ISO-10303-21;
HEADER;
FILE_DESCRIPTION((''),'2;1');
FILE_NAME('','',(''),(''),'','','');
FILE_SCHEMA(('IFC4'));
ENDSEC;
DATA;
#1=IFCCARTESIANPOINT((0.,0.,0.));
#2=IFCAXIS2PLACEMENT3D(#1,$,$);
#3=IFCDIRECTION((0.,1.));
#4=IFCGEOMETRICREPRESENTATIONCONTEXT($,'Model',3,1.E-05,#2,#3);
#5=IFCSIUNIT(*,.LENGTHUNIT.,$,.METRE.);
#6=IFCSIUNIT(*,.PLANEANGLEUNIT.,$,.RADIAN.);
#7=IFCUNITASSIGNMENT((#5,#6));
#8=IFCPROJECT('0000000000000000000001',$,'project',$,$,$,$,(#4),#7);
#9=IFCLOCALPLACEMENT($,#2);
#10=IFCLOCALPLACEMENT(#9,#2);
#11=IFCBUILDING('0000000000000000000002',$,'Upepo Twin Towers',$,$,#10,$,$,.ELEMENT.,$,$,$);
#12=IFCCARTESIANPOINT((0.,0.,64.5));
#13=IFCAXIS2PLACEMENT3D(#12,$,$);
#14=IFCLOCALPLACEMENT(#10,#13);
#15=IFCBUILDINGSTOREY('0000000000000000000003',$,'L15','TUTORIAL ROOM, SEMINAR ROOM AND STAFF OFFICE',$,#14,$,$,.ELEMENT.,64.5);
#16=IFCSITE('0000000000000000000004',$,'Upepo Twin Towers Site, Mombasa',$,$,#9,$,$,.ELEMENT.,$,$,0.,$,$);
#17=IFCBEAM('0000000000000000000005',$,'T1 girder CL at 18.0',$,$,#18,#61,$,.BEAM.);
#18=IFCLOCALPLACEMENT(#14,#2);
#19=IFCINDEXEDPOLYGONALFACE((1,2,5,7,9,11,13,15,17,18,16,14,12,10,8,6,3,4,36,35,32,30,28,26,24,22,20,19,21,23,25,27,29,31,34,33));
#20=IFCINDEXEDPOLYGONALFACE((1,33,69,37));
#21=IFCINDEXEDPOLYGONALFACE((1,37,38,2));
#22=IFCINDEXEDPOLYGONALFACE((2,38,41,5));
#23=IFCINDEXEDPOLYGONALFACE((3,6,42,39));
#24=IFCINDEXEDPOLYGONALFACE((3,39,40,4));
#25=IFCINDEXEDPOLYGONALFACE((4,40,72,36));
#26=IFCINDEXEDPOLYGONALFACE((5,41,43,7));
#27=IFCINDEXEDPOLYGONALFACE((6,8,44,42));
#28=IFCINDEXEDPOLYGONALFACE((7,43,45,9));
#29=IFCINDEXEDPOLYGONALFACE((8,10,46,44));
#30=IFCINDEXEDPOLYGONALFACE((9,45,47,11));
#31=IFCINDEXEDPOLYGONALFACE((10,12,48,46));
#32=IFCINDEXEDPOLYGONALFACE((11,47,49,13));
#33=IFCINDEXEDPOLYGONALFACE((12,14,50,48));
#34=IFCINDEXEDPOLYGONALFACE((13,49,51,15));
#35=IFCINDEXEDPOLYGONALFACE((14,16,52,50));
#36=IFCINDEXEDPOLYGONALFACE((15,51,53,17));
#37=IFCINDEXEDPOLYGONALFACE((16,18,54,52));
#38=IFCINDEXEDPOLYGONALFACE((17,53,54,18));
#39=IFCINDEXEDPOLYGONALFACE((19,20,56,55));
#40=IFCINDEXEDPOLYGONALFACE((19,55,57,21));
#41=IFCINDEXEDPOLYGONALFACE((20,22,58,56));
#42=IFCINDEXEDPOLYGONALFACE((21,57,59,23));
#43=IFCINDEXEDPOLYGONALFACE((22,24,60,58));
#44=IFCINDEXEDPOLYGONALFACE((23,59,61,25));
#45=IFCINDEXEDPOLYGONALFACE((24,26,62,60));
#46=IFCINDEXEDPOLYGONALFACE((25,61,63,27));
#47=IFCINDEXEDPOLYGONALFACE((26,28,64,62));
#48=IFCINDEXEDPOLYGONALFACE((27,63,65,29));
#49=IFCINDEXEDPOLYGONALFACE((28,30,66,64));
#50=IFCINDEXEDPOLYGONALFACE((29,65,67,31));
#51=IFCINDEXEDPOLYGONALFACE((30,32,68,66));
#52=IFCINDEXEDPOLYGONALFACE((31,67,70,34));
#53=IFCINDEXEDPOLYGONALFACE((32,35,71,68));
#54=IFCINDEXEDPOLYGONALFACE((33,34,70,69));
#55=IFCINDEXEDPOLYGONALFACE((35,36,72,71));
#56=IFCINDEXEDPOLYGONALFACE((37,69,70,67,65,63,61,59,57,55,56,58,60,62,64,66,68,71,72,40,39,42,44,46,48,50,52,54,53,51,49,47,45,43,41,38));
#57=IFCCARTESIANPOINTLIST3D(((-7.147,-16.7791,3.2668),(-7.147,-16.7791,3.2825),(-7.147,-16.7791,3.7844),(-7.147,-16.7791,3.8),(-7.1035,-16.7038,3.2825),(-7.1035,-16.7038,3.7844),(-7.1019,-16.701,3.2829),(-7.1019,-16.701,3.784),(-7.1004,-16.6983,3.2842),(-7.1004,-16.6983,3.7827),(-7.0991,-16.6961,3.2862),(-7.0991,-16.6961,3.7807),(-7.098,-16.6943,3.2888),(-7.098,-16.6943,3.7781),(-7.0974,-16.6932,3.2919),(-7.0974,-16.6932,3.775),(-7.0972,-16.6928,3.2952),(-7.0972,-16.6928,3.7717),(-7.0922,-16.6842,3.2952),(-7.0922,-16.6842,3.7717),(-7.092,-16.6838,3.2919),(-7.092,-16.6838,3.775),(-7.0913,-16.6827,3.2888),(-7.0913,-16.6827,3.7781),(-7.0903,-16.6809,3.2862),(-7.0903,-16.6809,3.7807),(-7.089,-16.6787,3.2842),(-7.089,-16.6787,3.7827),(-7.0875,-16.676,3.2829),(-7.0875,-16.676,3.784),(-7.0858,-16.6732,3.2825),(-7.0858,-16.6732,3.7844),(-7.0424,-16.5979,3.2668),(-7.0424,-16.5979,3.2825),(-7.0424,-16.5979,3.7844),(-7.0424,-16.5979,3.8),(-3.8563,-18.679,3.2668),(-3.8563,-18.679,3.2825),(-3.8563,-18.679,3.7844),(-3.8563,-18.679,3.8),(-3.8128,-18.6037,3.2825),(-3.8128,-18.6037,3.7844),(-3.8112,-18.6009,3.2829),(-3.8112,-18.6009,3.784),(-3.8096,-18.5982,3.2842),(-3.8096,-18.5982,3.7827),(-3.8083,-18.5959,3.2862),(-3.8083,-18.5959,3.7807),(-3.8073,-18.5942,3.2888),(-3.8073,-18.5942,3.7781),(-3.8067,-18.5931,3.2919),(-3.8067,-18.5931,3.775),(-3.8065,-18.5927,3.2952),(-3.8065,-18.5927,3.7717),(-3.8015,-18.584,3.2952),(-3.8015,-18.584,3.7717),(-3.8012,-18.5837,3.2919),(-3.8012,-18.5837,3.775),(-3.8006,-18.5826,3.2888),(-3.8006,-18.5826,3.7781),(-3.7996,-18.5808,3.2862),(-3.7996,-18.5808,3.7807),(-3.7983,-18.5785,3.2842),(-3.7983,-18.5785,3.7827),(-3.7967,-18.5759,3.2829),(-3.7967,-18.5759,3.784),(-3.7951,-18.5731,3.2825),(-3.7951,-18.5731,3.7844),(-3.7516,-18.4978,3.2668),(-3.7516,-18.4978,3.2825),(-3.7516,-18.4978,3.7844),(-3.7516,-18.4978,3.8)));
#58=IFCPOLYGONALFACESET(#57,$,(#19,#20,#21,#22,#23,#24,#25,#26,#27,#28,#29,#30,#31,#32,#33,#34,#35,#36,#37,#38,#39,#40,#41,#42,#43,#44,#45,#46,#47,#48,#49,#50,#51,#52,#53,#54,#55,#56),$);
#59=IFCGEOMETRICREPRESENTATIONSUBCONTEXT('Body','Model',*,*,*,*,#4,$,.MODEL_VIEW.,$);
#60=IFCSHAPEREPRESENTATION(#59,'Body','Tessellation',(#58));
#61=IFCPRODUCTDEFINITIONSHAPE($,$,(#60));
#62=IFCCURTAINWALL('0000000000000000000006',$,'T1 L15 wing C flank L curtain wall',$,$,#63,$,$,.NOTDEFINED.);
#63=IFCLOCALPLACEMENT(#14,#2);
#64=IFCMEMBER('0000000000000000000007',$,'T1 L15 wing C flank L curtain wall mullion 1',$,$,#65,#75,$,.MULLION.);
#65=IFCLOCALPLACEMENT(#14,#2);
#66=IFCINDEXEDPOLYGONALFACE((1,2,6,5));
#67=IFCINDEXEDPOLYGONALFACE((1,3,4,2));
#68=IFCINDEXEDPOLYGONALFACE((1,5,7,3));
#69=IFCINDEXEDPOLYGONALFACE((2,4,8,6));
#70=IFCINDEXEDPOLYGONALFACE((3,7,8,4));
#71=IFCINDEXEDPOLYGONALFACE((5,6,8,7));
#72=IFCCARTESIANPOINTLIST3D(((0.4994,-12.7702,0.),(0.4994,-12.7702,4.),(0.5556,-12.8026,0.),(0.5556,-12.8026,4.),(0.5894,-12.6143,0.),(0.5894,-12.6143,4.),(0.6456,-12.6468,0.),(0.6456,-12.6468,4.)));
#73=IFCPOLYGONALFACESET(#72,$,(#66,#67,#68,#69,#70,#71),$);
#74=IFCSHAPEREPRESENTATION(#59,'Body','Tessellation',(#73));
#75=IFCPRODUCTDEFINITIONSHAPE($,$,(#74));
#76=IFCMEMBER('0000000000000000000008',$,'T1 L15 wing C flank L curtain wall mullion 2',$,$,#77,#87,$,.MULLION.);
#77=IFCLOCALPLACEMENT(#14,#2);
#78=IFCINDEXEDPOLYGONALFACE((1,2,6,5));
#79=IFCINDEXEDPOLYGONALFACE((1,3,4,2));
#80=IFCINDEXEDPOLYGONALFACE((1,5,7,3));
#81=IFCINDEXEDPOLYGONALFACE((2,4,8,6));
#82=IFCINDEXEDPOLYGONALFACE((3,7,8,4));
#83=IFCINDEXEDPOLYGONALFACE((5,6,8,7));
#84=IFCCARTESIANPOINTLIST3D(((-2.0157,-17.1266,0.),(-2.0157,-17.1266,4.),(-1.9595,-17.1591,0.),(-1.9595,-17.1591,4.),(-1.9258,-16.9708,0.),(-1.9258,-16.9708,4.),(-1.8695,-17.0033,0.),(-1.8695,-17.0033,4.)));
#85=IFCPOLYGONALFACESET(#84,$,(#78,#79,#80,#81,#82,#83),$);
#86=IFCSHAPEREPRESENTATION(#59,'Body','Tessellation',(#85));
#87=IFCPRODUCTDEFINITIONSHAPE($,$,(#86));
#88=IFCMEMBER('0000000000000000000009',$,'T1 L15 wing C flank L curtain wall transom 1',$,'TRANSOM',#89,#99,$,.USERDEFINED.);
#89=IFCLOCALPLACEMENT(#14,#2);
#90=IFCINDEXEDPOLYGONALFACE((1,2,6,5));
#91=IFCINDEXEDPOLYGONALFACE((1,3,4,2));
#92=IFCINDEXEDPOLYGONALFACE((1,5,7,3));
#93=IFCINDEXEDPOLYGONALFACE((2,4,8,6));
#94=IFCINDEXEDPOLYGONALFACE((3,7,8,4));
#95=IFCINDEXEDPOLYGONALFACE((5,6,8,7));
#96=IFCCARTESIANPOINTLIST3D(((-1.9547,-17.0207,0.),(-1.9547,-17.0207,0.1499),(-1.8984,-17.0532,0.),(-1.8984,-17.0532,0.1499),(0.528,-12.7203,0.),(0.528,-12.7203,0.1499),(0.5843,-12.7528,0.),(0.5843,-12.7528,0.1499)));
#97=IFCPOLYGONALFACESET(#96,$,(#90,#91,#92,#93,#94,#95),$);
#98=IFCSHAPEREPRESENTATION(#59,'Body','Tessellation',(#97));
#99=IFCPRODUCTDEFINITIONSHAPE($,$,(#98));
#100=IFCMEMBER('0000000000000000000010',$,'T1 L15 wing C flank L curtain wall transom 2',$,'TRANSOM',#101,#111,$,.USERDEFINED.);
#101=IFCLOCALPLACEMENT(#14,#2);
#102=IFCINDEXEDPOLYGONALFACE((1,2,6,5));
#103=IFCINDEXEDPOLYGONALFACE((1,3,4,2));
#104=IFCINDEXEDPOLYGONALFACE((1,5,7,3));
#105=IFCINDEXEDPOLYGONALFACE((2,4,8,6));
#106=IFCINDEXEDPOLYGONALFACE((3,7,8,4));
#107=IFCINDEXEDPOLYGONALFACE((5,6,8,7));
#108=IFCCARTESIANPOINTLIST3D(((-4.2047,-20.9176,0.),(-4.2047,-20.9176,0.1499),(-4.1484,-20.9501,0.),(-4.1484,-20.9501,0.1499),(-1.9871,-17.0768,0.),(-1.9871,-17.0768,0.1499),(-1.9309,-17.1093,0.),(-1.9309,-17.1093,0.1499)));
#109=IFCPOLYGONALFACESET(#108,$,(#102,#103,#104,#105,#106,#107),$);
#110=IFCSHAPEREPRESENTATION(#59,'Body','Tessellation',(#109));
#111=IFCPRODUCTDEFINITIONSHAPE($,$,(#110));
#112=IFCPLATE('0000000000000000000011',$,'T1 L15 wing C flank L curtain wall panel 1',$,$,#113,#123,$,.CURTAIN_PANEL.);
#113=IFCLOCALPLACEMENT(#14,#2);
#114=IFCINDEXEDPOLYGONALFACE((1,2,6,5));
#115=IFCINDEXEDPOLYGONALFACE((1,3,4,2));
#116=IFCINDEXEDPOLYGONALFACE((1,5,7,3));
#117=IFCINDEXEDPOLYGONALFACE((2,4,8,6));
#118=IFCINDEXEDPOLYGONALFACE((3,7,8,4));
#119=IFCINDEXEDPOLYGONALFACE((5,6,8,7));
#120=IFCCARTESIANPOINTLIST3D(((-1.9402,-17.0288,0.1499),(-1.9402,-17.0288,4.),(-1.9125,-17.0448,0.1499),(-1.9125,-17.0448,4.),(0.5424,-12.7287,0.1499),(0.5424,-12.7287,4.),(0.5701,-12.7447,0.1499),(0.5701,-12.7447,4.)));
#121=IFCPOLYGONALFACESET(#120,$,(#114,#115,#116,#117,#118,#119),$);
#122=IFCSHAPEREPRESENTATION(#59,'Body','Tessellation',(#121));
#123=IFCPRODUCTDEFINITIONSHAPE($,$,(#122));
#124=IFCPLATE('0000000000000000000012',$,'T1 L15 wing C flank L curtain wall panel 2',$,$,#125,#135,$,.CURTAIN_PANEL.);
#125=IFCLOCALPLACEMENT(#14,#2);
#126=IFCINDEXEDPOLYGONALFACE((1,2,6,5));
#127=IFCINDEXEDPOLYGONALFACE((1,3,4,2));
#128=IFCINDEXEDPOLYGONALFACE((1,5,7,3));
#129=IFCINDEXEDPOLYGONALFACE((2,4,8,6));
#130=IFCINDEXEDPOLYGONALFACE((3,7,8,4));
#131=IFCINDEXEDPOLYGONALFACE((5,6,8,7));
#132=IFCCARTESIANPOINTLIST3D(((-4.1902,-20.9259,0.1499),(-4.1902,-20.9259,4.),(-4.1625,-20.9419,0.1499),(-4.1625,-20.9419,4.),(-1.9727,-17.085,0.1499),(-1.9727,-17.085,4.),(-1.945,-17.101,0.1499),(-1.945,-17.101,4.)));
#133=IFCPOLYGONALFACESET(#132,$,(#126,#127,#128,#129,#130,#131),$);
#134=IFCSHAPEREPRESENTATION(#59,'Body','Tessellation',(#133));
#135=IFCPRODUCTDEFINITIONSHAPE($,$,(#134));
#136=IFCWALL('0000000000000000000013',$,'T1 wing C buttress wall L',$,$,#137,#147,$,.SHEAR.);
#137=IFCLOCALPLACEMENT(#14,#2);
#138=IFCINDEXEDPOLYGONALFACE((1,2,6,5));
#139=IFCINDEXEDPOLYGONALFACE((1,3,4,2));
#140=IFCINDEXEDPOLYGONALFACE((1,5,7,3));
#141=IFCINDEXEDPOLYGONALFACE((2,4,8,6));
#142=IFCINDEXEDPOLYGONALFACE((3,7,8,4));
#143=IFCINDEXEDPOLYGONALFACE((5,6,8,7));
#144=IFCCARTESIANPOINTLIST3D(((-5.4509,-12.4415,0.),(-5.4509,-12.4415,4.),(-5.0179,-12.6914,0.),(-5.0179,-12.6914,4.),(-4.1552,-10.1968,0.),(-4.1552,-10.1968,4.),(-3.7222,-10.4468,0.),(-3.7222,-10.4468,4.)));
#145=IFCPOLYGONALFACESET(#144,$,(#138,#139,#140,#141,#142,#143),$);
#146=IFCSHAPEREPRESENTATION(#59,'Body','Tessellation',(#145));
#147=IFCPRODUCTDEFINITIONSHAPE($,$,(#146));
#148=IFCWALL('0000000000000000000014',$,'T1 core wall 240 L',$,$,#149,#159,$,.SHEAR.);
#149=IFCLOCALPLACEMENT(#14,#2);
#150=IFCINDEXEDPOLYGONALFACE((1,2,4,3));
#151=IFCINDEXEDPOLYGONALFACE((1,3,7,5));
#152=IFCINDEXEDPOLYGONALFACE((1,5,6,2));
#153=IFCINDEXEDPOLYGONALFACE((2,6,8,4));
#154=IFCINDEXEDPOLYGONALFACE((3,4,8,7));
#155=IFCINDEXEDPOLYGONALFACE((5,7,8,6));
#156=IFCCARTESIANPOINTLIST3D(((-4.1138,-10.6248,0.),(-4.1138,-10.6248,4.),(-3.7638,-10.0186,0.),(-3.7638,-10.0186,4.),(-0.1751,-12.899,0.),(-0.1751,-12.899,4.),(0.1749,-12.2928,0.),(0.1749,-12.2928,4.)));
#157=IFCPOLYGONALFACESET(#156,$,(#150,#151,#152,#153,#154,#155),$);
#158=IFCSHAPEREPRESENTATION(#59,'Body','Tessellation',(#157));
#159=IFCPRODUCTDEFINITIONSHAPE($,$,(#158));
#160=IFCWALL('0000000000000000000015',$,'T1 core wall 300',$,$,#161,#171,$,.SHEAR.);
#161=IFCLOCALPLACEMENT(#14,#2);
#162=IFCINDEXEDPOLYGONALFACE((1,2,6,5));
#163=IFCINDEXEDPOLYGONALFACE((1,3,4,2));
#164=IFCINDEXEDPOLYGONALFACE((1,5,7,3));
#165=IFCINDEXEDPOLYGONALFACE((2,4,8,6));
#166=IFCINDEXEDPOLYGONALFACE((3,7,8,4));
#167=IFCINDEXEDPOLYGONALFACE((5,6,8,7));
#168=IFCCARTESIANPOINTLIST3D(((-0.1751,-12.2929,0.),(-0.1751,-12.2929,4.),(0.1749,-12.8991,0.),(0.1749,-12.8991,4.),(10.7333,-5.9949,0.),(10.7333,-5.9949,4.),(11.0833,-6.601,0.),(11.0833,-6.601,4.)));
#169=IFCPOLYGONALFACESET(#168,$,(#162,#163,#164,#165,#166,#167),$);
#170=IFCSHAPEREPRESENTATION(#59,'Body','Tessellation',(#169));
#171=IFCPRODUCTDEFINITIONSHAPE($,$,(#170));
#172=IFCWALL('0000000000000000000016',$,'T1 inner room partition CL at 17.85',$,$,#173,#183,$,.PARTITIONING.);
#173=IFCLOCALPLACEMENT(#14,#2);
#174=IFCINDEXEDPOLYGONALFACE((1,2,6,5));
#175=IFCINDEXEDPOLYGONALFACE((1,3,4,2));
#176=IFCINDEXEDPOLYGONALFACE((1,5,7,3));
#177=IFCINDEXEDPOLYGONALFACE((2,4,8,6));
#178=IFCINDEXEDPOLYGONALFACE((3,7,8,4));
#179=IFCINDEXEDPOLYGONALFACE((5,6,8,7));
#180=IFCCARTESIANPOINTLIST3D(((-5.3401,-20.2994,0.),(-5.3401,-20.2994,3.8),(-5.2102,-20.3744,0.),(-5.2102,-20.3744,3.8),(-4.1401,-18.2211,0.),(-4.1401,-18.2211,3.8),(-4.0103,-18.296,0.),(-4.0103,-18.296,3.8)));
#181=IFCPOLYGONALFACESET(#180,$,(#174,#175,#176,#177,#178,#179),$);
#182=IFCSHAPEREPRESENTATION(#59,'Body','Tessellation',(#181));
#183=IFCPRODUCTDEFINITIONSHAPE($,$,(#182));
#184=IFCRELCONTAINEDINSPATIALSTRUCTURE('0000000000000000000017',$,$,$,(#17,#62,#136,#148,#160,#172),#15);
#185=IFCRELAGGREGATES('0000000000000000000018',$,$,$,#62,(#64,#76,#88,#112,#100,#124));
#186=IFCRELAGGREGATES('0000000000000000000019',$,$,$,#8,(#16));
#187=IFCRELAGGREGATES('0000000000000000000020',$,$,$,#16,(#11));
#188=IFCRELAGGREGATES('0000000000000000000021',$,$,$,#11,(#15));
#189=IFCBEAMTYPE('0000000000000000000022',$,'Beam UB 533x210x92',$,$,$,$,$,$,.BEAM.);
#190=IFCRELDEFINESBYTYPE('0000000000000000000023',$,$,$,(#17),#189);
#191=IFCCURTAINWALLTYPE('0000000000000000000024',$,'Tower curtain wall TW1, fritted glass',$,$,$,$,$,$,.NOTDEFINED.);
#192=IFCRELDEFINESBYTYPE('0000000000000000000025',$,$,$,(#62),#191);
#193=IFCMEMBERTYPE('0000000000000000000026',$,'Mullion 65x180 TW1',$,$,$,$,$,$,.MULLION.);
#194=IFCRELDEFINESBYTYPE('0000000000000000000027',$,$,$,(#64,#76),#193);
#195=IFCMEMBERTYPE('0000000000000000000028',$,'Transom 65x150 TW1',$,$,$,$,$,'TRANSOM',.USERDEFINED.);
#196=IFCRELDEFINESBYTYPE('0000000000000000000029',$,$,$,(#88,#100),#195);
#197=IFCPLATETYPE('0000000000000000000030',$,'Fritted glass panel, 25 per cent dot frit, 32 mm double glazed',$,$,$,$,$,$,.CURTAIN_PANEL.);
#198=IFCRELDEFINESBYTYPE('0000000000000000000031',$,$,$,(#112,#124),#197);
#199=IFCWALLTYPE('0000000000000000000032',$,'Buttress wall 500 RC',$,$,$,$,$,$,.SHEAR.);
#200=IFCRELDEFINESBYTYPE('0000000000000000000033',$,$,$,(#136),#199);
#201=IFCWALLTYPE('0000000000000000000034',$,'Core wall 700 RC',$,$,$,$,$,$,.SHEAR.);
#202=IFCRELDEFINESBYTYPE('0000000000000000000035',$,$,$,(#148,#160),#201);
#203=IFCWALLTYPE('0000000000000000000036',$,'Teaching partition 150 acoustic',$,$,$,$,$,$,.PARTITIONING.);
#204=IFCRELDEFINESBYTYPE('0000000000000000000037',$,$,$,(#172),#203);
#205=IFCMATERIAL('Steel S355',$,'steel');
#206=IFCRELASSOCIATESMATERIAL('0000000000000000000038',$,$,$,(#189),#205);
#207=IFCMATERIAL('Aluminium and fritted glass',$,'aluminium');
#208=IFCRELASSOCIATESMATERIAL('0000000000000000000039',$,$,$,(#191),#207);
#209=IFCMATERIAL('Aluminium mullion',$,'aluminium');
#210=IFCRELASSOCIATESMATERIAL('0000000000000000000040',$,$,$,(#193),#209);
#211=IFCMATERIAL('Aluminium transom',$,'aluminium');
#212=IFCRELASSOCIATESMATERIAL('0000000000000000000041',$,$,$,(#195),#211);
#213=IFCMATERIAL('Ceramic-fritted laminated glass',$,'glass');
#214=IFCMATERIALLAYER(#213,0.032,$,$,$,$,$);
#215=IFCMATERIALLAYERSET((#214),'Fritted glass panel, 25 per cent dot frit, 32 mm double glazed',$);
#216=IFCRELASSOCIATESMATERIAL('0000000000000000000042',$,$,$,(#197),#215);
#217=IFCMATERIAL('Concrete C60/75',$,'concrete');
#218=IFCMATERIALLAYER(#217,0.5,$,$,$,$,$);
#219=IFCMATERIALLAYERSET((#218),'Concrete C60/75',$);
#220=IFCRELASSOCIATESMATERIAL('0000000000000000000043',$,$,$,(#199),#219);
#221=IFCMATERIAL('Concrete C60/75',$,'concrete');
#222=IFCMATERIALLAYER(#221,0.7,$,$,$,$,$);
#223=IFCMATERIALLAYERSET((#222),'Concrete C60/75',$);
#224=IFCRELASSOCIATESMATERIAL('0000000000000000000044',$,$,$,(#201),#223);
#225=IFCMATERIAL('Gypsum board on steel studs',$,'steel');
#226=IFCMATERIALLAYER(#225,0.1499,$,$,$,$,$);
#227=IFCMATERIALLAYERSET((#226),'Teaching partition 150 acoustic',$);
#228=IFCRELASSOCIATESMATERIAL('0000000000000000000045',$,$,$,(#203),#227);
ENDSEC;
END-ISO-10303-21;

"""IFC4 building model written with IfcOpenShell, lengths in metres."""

from ifc_helpers import new_model, si_unit, direction, frame, frame_2d, origin, origin_2d, place, context, subcontext, project, spatial, rectangle, i_section, extrude, material, layer, layer_set, material_profile, profile_set, type_object, element, aggregate, save


model = new_model("IFC4")

# Units and contexts
model_context = context("Model", 3, precision=1e-05, world=origin(), true_north=direction((0.0, 1.0)))
body_context = subcontext(model_context, "Body", "Model", "MODEL_VIEW")
ifc_project = project(units=[si_unit("LENGTHUNIT", "METRE"), si_unit("PLANEANGLEUNIT", "RADIAN")], contexts=[model_context])

# Site, building, storey
site_placement = place(None, origin())
site = spatial("IfcSite", under=ifc_project, at=site_placement, Name="Upepo Twin Towers Site, Mombasa", CompositionType="ELEMENT", RefElevation=0.0)
building_placement = place(site_placement, origin())
building = spatial("IfcBuilding", under=site, at=building_placement, Name="Upepo Twin Towers", CompositionType="ELEMENT")
storey_placement = place(building_placement, frame((0.0, 0.0, 64.5)))
storey = spatial("IfcBuildingStorey", under=building, at=storey_placement, Name="L15", Description="TUTORIAL ROOM, SEMINAR ROOM AND STAFF OFFICE", CompositionType="ELEMENT", Elevation=64.5)

# Beam
ifc_material_1 = material(Name="Steel S355", Category="steel")
ifc_material_profile_1 = material_profile(ifc_material_1, i_section(OverallWidth=0.2092, OverallDepth=0.5332, WebThickness=0.01, FlangeThickness=0.0156, FilletRadius=0.0127, at=origin_2d()), Name="UB 533x210x92")
ifc_profile_set_1 = profile_set([ifc_material_profile_1], Name="Steel S355")
beam_type_1 = type_object("IfcBeamType", Name="Beam UB 533x210x92", PredefinedType="BEAM", material=ifc_profile_set_1)
beam_1_placement = place(storey_placement, frame((-3.804, -18.5884, 3.5334), z_axis=(-0.866028, 0.499995, 0.0), x_axis=(-0.499995, -0.866028, 0.0)))
element("IfcBeam", 1, at=beam_1_placement, inside=storey, type_object=beam_type_1, Name="T1 girder CL at 18.0", PredefinedType="BEAM", context=body_context, shape_type="SweptSolid", body=[
    extrude(i_section(OverallWidth=0.2092, OverallDepth=0.5332, WebThickness=0.01, FlangeThickness=0.0156, FilletRadius=0.0127, at=origin_2d()), origin(), (0.0, 0.0, 1.0), 3.7998),
])

# Curtain wall, members, plates
ifc_material_2 = material(Name="Aluminium and fritted glass", Category="aluminium")
curtain_wall_type = type_object("IfcCurtainWallType", Name="Tower curtain wall TW1, fritted glass", PredefinedType="NOTDEFINED", material=ifc_material_2)
curtain_wall_placement = place(storey_placement, origin())
curtain_wall = element("IfcCurtainWall", 2, at=curtain_wall_placement, inside=storey, type_object=curtain_wall_type, Name="T1 L15 wing C flank L curtain wall", PredefinedType="NOTDEFINED")
ifc_material_3 = material(Name="Aluminium mullion", Category="aluminium")
ifc_material_profile_2 = material_profile(ifc_material_3, rectangle(XDim=0.0649, YDim=0.1799, at=origin_2d()), Name="MULLION 65x180")
ifc_profile_set_2 = profile_set([ifc_material_profile_2], Name="Aluminium mullion")
member_type_1 = type_object("IfcMemberType", Name="Mullion 65x180 TW1", PredefinedType="MULLION", material=ifc_profile_set_2)
member_1_placement = place(storey_placement, frame((0.5725, -12.7085, 0.0), z_axis=(0.0, 0.0, 1.0), x_axis=(0.866025, -0.5, 0.0)))
member_1 = element("IfcMember", 3, at=member_1_placement, type_object=member_type_1, Name="T1 L15 wing C flank L curtain wall mullion 1", PredefinedType="MULLION", context=body_context, shape_type="SweptSolid", body=[
    extrude(rectangle(XDim=0.0649, YDim=0.1799, at=origin_2d()), origin(), (0.0, 0.0, 1.0), 4.0),
])
member_2_placement = place(storey_placement, frame((-1.9426, -17.0649, 0.0), z_axis=(0.0, 0.0, 1.0), x_axis=(0.866025, -0.5, 0.0)))
member_2 = element("IfcMember", 4, at=member_2_placement, type_object=member_type_1, Name="T1 L15 wing C flank L curtain wall mullion 2", PredefinedType="MULLION", context=body_context, shape_type="SweptSolid", body=[
    extrude(rectangle(XDim=0.0649, YDim=0.1799, at=origin_2d()), origin(), (0.0, 0.0, 1.0), 4.0),
])
ifc_material_4 = material(Name="Aluminium transom", Category="aluminium")
ifc_material_profile_3 = material_profile(ifc_material_4, rectangle(XDim=0.0649, YDim=0.1499, at=origin_2d()), Name="TRANSOM 65x150")
ifc_profile_set_3 = profile_set([ifc_material_profile_3], Name="Aluminium transom")
member_type_2 = type_object("IfcMemberType", Name="Transom 65x150 TW1", ElementType="TRANSOM", PredefinedType="USERDEFINED", material=ifc_profile_set_3)
member_3_placement = place(storey_placement, frame((0.5562, -12.7366, 0.075), z_axis=(-0.499983, -0.866035, 0.0), x_axis=(0.866035, -0.499983, 0.0)))
member_3 = element("IfcMember", 5, at=member_3_placement, type_object=member_type_2, Name="T1 L15 wing C flank L curtain wall transom 1", ObjectType="TRANSOM", PredefinedType="USERDEFINED", context=body_context, shape_type="SweptSolid", body=[
    extrude(rectangle(XDim=0.0649, YDim=0.1499, at=origin_2d()), origin(), (0.0, 0.0, 1.0), 4.9656),
])
member_4_placement = place(storey_placement, frame((-1.959, -17.093, 0.075), z_axis=(-0.500005, -0.866022, 0.0), x_axis=(0.866022, -0.500005, 0.0)))
member_4 = element("IfcMember", 6, at=member_4_placement, type_object=member_type_2, Name="T1 L15 wing C flank L curtain wall transom 2", ObjectType="TRANSOM", PredefinedType="USERDEFINED", context=body_context, shape_type="SweptSolid", body=[
    extrude(rectangle(XDim=0.0649, YDim=0.1499, at=origin_2d()), origin(), (0.0, 0.0, 1.0), 4.4351),
])
ifc_material_5 = material(Name="Ceramic-fritted laminated glass", Category="glass")
ifc_layer_1 = layer(ifc_material_5, 0.032)
ifc_layer_set_1 = layer_set([ifc_layer_1], Name="Fritted glass panel, 25 per cent dot frit, 32 mm double glazed")
plate_type = type_object("IfcPlateType", Name="Fritted glass panel, 25 per cent dot frit, 32 mm double glazed", PredefinedType="CURTAIN_PANEL", material=ifc_layer_set_1)
plate_1_placement = place(storey_placement, frame((-0.6851, -14.8867, 0.1499), z_axis=(0.0, 0.0, 1.0), x_axis=(-0.5, -0.866025, 0.0)))
plate_1 = element("IfcPlate", 7, at=plate_1_placement, type_object=plate_type, Name="T1 L15 wing C flank L curtain wall panel 1", PredefinedType="CURTAIN_PANEL", context=body_context, shape_type="SweptSolid", body=[
    extrude(rectangle(XDim=4.9653, YDim=0.032, at=origin_2d()), origin(), (0.0, 0.0, 1.0), 3.8501),
])
plate_2_placement = place(storey_placement, frame((-3.0676, -19.0134, 0.1499), z_axis=(0.0, 0.0, 1.0), x_axis=(-0.5, -0.866025, 0.0)))
plate_2 = element("IfcPlate", 8, at=plate_2_placement, type_object=plate_type, Name="T1 L15 wing C flank L curtain wall panel 2", PredefinedType="CURTAIN_PANEL", context=body_context, shape_type="SweptSolid", body=[
    extrude(rectangle(XDim=4.4351, YDim=0.032, at=origin_2d()), origin(), (0.0, 0.0, 1.0), 3.8501),
])
aggregate(curtain_wall, [member_1, member_2, member_3, plate_1, member_4, plate_2])

# Walls
ifc_material_6 = material(Name="Concrete C60/75", Category="concrete")
ifc_layer_2 = layer(ifc_material_6, 0.5)
ifc_layer_set_2 = layer_set([ifc_layer_2], Name="Concrete C60/75")
wall_type_1 = type_object("IfcWallType", Name="Buttress wall 500 RC", PredefinedType="SHEAR", material=ifc_layer_set_2)
wall_1_placement = place(storey_placement, frame((-3.9387, -10.3218, 0.0), z_axis=(0.0, 0.0, 1.0), x_axis=(-0.499918, -0.866073, 0.0)))
element("IfcWall", 9, at=wall_1_placement, inside=storey, type_object=wall_type_1, Name="T1 wing C buttress wall L", PredefinedType="SHEAR", context=body_context, shape_type="SweptSolid", body=[
    extrude(rectangle(XDim=2.5918, YDim=0.5, at=frame_2d((1.2959, 0.0))), origin(), (0.0, 0.0, 1.0), 4.0),
])
ifc_material_7 = material(Name="Concrete C60/75", Category="concrete")
ifc_layer_3 = layer(ifc_material_7, 0.7)
ifc_layer_set_3 = layer_set([ifc_layer_3], Name="Concrete C60/75")
wall_type_2 = type_object("IfcWallType", Name="Core wall 700 RC", PredefinedType="SHEAR", material=ifc_layer_set_3)
wall_2_placement = place(storey_placement, frame((-3.9387, -10.3218, 0.0), z_axis=(0.0, 0.0, 1.0), x_axis=(0.866011, -0.500024, 0.0)))
element("IfcWall", 10, at=wall_2_placement, inside=storey, type_object=wall_type_2, Name="T1 core wall 240 L", PredefinedType="SHEAR", context=body_context, shape_type="SweptSolid", body=[
    extrude(rectangle(XDim=4.5481, YDim=0.7, at=frame_2d((2.2739, 0.0))), origin(), (0.0, 0.0, 1.0), 4.0),
])
wall_3_placement = place(storey_placement, frame((0.0, -12.5959, 0.0), z_axis=(0.0, 0.0, 1.0), x_axis=(0.866022, 0.500006, 0.0)))
element("IfcWall", 11, at=wall_3_placement, inside=storey, type_object=wall_type_2, Name="T1 core wall 300", PredefinedType="SHEAR", context=body_context, shape_type="SweptSolid", body=[
    extrude(rectangle(XDim=12.5959, YDim=0.7, at=frame_2d((6.2979, 0.0))), origin(), (0.0, 0.0, 1.0), 4.0),
])
ifc_material_8 = material(Name="Gypsum board on steel studs", Category="steel")
ifc_layer_4 = layer(ifc_material_8, 0.1499)
ifc_layer_set_4 = layer_set([ifc_layer_4], Name="Teaching partition 150 acoustic")
wall_type_3 = type_object("IfcWallType", Name="Teaching partition 150 acoustic", PredefinedType="PARTITIONING", material=ifc_layer_set_4)
wall_4_placement = place(storey_placement, frame((-4.0752, -18.2585, 0.0), z_axis=(0.0, 0.0, 1.0), x_axis=(-0.500001, -0.866025, 0.0)))
element("IfcWall", 12, at=wall_4_placement, inside=storey, type_object=wall_type_3, Name="T1 inner room partition CL at 17.85", PredefinedType="PARTITIONING", context=body_context, shape_type="SweptSolid", body=[
    extrude(rectangle(XDim=2.3999, YDim=0.1499, at=frame_2d((1.2, 0.0))), origin(), (0.0, 0.0, 1.0), 3.8),
])

save(model, "model.ifc")
